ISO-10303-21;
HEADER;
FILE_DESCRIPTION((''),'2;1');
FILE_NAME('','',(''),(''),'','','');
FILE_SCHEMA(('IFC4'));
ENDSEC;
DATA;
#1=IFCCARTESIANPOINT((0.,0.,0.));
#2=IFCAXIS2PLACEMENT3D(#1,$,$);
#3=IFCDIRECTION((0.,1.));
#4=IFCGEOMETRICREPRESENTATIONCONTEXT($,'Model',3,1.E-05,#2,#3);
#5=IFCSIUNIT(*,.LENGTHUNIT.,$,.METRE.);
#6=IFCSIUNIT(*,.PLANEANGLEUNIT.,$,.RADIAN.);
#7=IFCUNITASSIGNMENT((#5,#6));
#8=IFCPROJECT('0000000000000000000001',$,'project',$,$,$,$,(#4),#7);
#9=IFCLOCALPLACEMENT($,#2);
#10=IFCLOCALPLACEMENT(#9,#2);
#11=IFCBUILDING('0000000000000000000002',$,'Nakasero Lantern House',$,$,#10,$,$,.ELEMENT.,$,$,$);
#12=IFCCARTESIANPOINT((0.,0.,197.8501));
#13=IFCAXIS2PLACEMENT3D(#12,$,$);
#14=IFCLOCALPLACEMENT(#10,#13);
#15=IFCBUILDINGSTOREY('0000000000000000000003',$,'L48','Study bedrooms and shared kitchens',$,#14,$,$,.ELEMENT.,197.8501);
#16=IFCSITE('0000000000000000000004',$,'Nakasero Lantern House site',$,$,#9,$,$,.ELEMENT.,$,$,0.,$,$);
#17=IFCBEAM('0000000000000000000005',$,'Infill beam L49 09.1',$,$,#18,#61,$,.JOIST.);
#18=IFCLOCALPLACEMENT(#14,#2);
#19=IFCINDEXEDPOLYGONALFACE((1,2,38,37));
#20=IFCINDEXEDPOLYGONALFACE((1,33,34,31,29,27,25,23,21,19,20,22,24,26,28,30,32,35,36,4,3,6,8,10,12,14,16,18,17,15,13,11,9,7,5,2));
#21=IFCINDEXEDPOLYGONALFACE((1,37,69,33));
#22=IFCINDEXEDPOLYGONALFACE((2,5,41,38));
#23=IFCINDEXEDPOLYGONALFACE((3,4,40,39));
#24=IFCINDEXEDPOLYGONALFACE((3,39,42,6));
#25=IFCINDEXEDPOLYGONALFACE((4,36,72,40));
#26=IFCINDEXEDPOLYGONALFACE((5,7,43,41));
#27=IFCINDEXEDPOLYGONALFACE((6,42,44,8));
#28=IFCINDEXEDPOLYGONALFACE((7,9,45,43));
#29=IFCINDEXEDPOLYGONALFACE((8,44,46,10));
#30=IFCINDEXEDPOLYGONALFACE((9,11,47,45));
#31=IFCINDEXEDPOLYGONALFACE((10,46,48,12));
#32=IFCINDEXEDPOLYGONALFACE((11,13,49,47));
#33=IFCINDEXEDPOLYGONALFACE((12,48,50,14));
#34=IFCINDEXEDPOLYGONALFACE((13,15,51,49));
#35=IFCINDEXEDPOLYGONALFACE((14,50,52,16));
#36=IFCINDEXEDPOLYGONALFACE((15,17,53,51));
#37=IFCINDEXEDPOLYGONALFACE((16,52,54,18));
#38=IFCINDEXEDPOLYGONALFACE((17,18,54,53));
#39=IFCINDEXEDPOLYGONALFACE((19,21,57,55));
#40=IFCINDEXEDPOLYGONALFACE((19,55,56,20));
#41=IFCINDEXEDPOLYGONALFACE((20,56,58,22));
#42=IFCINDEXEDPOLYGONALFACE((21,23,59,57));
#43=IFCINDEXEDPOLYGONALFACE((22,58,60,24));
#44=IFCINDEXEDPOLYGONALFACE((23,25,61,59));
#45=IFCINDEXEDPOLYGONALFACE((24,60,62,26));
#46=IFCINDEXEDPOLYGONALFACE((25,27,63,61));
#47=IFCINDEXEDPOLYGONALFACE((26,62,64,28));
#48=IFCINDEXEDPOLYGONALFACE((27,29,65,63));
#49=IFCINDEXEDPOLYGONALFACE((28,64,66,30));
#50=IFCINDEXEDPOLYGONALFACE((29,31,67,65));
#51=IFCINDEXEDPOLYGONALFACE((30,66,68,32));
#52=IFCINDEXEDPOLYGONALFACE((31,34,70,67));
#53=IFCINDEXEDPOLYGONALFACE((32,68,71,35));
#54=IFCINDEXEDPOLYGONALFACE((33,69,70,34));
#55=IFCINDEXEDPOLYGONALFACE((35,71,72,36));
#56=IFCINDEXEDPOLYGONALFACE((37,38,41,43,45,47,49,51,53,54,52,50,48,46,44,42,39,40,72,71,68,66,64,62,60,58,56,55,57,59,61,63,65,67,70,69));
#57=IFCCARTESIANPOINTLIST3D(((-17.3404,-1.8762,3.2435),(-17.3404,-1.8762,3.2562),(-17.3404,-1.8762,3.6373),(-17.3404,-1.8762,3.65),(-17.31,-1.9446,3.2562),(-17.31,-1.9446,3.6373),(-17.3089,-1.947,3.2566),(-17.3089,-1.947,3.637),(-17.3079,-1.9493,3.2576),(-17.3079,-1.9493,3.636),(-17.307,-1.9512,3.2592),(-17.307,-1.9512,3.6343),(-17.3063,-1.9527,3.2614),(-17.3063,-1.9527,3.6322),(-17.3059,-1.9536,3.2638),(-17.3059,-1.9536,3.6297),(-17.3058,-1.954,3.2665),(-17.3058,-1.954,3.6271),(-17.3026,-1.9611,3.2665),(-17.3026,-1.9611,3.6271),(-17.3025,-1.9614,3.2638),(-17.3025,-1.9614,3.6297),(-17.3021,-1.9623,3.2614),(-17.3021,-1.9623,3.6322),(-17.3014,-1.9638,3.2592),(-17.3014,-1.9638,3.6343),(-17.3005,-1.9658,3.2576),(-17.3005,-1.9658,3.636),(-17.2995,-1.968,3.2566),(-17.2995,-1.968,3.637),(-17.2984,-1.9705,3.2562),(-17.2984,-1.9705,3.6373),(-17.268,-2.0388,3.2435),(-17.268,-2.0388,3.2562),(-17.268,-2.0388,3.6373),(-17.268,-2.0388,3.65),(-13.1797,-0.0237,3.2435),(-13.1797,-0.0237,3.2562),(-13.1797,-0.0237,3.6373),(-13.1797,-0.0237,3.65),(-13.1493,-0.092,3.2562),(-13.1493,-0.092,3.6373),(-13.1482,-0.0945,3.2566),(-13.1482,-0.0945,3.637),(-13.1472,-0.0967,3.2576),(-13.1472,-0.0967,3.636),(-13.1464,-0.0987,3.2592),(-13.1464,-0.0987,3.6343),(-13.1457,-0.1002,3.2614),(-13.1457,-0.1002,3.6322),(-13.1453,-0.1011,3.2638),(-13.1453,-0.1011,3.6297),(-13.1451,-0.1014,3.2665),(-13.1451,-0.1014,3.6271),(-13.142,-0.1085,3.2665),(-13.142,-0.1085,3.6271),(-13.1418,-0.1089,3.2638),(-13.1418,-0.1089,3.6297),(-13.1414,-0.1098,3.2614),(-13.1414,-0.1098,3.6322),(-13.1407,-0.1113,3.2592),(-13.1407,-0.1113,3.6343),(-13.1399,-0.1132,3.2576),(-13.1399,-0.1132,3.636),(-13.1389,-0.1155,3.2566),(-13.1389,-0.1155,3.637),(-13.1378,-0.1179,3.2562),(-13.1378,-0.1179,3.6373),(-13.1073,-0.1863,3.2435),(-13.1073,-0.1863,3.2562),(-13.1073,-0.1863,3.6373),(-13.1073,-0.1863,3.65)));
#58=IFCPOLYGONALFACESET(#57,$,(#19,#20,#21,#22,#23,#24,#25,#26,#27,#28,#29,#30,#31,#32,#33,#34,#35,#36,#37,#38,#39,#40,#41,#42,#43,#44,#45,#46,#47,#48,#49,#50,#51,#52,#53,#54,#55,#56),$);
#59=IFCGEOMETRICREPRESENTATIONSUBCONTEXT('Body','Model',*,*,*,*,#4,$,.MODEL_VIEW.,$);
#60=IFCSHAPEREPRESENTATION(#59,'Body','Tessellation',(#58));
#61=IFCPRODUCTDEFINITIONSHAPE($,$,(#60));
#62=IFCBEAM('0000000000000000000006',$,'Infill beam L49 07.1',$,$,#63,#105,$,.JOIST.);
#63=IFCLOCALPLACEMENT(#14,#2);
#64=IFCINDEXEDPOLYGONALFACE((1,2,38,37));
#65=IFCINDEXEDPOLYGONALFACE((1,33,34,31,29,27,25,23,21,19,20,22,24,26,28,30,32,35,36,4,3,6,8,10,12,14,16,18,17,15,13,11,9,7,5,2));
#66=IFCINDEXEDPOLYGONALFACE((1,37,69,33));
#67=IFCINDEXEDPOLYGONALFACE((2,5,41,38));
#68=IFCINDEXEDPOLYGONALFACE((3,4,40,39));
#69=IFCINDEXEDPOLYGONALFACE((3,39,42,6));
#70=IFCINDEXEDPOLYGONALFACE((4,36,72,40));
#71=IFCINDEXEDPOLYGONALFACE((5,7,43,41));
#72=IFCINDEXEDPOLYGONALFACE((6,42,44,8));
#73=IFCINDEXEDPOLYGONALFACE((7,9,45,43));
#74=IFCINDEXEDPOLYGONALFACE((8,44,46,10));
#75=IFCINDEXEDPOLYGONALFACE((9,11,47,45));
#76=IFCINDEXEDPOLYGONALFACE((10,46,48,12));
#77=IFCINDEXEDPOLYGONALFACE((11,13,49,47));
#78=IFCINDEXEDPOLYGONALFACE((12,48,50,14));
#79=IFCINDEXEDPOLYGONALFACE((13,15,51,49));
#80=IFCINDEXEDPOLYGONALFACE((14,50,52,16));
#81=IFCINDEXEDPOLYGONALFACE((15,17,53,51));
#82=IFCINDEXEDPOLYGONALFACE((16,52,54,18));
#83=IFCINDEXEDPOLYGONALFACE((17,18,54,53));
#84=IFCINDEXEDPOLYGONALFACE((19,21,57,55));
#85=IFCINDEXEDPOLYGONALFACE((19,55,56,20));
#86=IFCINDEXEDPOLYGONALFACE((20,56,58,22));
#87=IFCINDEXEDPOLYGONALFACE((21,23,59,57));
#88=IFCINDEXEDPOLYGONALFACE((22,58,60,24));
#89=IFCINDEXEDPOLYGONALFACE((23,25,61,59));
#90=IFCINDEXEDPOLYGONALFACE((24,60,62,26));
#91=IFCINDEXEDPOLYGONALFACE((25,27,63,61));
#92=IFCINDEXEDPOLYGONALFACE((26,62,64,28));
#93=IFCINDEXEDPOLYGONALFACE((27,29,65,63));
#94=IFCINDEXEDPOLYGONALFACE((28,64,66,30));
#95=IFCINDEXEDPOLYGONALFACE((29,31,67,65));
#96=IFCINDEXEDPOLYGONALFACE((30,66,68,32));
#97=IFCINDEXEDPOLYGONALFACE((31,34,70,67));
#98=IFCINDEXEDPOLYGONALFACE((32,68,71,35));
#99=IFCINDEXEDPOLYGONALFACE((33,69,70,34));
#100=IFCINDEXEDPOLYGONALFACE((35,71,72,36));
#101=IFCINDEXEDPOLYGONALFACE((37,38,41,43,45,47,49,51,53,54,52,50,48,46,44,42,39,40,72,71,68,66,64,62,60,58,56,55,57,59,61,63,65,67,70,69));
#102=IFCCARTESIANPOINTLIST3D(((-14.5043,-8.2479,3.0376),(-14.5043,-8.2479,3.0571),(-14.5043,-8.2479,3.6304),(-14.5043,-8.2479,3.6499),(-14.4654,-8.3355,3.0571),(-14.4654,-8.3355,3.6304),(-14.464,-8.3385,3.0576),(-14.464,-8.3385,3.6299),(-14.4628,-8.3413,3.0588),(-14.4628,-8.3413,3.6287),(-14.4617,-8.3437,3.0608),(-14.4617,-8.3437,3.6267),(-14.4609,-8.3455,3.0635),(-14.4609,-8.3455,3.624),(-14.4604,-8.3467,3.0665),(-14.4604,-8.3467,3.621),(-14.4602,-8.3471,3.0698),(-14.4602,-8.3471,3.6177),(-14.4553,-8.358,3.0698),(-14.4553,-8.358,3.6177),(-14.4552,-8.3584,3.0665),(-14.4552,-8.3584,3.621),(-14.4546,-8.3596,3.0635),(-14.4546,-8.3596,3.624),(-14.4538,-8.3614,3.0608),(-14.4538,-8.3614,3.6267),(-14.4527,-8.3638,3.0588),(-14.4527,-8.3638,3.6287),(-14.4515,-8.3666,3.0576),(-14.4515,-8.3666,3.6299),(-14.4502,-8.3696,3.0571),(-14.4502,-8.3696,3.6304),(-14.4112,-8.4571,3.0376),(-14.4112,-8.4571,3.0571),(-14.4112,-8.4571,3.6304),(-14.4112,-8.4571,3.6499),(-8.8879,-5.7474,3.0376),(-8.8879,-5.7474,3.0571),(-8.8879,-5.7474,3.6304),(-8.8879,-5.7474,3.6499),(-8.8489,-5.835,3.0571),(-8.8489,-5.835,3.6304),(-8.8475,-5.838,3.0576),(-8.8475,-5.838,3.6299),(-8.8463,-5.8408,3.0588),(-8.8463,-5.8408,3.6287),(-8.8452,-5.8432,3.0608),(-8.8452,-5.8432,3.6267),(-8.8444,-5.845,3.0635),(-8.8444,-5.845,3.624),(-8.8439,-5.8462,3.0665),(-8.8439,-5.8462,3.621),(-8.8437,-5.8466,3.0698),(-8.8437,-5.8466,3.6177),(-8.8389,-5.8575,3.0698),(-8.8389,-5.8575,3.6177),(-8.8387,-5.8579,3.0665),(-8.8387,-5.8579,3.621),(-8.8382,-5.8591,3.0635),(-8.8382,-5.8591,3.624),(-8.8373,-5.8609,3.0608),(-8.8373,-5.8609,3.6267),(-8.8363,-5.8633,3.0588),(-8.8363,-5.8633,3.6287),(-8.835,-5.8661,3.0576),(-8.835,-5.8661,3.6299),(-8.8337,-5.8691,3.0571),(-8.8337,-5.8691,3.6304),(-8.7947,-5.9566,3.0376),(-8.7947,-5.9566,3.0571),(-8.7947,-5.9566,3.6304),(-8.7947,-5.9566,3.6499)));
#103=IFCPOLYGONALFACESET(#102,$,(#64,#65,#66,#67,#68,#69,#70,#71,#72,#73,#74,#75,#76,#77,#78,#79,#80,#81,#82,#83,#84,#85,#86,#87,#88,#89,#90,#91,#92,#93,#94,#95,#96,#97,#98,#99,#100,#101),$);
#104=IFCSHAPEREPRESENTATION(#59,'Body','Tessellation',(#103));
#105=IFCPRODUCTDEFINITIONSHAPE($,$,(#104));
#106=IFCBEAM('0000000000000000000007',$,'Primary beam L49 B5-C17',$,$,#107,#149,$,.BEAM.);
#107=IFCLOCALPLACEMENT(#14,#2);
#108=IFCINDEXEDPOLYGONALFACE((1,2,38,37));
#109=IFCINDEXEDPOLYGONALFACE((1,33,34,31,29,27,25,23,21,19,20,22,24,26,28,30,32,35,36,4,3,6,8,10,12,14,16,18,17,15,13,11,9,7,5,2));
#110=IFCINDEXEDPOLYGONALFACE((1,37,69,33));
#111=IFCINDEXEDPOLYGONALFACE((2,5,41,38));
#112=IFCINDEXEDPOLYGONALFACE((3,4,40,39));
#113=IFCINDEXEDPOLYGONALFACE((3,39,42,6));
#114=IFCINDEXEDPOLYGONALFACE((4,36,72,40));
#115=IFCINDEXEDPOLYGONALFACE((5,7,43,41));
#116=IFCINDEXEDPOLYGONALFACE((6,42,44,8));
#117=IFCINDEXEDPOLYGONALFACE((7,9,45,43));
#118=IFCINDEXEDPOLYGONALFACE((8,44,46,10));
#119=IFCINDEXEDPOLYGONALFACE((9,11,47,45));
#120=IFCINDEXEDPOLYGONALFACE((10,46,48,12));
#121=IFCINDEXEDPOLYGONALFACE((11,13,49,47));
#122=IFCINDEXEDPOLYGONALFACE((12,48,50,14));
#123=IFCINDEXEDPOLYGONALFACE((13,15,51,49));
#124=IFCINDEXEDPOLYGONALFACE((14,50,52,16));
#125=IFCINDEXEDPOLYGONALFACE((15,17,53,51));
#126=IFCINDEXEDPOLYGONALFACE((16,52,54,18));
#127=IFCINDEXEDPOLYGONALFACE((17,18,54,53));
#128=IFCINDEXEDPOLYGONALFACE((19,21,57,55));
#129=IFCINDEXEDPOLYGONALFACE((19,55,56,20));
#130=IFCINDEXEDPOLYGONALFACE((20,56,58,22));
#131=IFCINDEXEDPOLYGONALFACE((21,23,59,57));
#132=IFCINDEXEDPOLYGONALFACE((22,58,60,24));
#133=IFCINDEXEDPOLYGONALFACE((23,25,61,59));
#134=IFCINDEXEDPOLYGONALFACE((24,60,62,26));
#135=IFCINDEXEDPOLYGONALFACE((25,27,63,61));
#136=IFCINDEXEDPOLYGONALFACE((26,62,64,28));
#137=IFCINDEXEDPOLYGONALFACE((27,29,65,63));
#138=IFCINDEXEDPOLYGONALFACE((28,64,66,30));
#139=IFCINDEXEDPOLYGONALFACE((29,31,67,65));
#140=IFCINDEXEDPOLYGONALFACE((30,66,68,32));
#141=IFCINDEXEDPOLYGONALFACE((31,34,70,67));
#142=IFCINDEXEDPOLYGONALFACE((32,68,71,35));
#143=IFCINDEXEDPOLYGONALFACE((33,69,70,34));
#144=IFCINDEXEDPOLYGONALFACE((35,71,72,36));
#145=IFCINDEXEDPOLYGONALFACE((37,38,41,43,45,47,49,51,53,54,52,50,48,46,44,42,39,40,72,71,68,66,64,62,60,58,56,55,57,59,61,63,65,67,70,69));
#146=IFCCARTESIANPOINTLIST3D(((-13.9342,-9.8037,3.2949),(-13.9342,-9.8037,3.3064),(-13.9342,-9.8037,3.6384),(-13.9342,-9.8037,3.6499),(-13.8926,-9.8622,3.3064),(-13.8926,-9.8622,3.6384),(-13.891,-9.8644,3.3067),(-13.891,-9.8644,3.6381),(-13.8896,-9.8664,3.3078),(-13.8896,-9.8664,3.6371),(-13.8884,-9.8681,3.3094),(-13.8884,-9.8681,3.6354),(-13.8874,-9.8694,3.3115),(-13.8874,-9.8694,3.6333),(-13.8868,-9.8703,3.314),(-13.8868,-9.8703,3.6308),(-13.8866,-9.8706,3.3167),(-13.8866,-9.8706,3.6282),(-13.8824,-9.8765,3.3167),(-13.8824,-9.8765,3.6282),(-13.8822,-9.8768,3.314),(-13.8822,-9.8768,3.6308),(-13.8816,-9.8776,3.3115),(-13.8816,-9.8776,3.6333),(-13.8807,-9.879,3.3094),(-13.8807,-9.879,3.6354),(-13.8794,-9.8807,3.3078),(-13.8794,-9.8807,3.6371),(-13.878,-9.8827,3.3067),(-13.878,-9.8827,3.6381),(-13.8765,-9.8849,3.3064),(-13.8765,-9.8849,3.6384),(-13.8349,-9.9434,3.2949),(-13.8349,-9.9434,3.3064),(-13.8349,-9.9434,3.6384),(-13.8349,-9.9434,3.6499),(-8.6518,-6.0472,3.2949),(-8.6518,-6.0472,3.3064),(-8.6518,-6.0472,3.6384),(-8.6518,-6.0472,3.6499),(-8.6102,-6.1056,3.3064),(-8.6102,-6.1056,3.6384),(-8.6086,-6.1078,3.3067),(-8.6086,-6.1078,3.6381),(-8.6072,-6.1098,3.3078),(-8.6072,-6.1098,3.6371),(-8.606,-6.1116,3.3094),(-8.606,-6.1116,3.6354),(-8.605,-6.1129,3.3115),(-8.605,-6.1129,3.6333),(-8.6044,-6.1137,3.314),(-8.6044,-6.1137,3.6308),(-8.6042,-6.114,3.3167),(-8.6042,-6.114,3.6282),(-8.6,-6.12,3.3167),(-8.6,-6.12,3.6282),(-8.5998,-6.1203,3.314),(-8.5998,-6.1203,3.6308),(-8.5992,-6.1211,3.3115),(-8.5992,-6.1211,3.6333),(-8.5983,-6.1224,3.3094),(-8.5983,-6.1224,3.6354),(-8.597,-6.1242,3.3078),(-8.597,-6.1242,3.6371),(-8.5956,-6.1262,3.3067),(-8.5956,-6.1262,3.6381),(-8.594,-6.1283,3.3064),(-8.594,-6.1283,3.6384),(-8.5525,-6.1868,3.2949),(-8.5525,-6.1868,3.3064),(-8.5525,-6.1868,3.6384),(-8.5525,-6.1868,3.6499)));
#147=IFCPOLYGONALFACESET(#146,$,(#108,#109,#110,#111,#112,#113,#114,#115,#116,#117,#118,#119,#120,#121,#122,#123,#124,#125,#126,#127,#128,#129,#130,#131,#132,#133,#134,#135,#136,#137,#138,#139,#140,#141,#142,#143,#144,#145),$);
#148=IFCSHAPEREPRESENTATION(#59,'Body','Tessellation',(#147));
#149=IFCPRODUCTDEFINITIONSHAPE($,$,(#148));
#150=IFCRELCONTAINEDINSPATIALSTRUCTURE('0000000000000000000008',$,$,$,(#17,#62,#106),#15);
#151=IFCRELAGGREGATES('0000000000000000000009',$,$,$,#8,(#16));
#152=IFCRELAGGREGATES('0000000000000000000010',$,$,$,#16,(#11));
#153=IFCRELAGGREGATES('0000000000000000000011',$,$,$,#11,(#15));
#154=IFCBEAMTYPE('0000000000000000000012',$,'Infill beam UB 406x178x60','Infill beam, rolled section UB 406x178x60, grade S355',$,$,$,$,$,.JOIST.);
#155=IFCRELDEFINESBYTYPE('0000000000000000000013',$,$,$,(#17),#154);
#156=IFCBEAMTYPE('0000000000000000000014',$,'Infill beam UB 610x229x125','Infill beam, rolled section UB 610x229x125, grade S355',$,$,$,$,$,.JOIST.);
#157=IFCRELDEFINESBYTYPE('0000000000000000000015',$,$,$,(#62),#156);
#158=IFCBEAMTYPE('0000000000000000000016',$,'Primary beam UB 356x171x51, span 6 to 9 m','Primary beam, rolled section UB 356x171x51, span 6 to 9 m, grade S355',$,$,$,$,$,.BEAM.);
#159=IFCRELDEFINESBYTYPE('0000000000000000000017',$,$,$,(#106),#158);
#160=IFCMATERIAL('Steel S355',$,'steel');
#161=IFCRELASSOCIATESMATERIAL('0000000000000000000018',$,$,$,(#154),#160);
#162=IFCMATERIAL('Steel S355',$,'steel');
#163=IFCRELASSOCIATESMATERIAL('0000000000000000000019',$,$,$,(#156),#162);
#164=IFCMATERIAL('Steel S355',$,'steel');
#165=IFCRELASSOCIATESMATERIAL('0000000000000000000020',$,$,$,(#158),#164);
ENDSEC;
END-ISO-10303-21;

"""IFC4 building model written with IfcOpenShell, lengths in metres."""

from ifc_helpers import new_model, si_unit, direction, frame, origin, origin_2d, place, context, subcontext, project, spatial, i_section, extrude, material, material_profile, profile_set, type_object, element, save


model = new_model("IFC4")

# Units and contexts
model_context = context("Model", 3, precision=1e-05, world=origin(), true_north=direction((0.0, 1.0)))
body_context = subcontext(model_context, "Body", "Model", "MODEL_VIEW")
ifc_project = project(units=[si_unit("LENGTHUNIT", "METRE"), si_unit("PLANEANGLEUNIT", "RADIAN")], contexts=[model_context])

# Site, building, storey
site_placement = place(None, origin())
site = spatial("IfcSite", under=ifc_project, at=site_placement, Name="Nakasero Lantern House site", CompositionType="ELEMENT", RefElevation=0.0)
building_placement = place(site_placement, origin())
building = spatial("IfcBuilding", under=site, at=building_placement, Name="Nakasero Lantern House", CompositionType="ELEMENT")
storey_placement = place(building_placement, frame((0.0, 0.0, 197.8501)))
storey = spatial("IfcBuildingStorey", under=building, at=storey_placement, Name="L48", Description="Study bedrooms and shared kitchens", CompositionType="ELEMENT", Elevation=197.8501)

# Beams
ifc_material_1 = material(Name="Steel S355", Category="steel")
ifc_material_profile_1 = material_profile(ifc_material_1, i_section(OverallWidth=0.178, OverallDepth=0.4065, WebThickness=0.0078, FlangeThickness=0.0127, FilletRadius=0.0103, at=origin_2d()), Name="UB 406x178x60")
ifc_profile_set_1 = profile_set([ifc_material_profile_1], Name="Steel S355")
beam_type_1 = type_object("IfcBeamType", Name="Infill beam UB 406x178x60", Description="Infill beam, rolled section UB 406x178x60, grade S355", PredefinedType="JOIST", material=ifc_profile_set_1)
beam_1_placement = place(storey_placement, frame((-17.3042, -1.9575, 3.4468), z_axis=(0.913537, 0.406755, 0.0), x_axis=(-0.406755, 0.913537, 0.0)))
element("IfcBeam", 1, at=beam_1_placement, inside=storey, type_object=beam_type_1, Name="Infill beam L49 09.1", PredefinedType="JOIST", context=body_context, shape_type="SweptSolid", body=[
    extrude(i_section(OverallWidth=0.178, OverallDepth=0.4065, WebThickness=0.0078, FlangeThickness=0.0127, FilletRadius=0.0103, at=origin_2d()), origin(), (0.0, 0.0, 1.0), 4.5544),
])
ifc_material_2 = material(Name="Steel S355", Category="steel")
ifc_material_profile_2 = material_profile(ifc_material_2, i_section(OverallWidth=0.229, OverallDepth=0.6123, WebThickness=0.012, FlangeThickness=0.0195, FilletRadius=0.0127, at=origin_2d()), Name="UB 610x229x125")
ifc_profile_set_2 = profile_set([ifc_material_profile_2], Name="Steel S355")
beam_type_2 = type_object("IfcBeamType", Name="Infill beam UB 610x229x125", Description="Infill beam, rolled section UB 610x229x125, grade S355", PredefinedType="JOIST", material=ifc_profile_set_2)
beam_2_placement = place(storey_placement, frame((-14.4578, -8.3525, 3.3438), z_axis=(0.913553, 0.406721, 0.0), x_axis=(-0.406721, 0.913553, 0.0)))
element("IfcBeam", 2, at=beam_2_placement, inside=storey, type_object=beam_type_2, Name="Infill beam L49 07.1", PredefinedType="JOIST", context=body_context, shape_type="SweptSolid", body=[
    extrude(i_section(OverallWidth=0.229, OverallDepth=0.6123, WebThickness=0.012, FlangeThickness=0.0195, FilletRadius=0.0127, at=origin_2d()), origin(), (0.0, 0.0, 1.0), 6.1479),
])
ifc_material_3 = material(Name="Steel S355", Category="steel")
ifc_material_profile_3 = material_profile(ifc_material_3, i_section(OverallWidth=0.1714, OverallDepth=0.355, WebThickness=0.0073, FlangeThickness=0.0115, FilletRadius=0.0103, at=origin_2d()), Name="UB 356x171x51")
ifc_profile_set_3 = profile_set([ifc_material_profile_3], Name="Steel S355")
beam_type_3 = type_object("IfcBeamType", Name="Primary beam UB 356x171x51, span 6 to 9 m", Description="Primary beam, rolled section UB 356x171x51, span 6 to 9 m, grade S355", PredefinedType="BEAM", material=ifc_profile_set_3)
beam_3_placement = place(storey_placement, frame((-13.8845, -9.8735, 3.4724), z_axis=(0.814943, 0.579541, 0.0), x_axis=(-0.579541, 0.814943, 0.0)))
element("IfcBeam", 3, at=beam_3_placement, inside=storey, type_object=beam_type_3, Name="Primary beam L49 B5-C17", PredefinedType="BEAM", context=body_context, shape_type="SweptSolid", body=[
    extrude(i_section(OverallWidth=0.1714, OverallDepth=0.355, WebThickness=0.0073, FlangeThickness=0.0115, FilletRadius=0.0103, at=origin_2d()), origin(), (0.0, 0.0, 1.0), 6.4819),
])

save(model, "model.ifc")
